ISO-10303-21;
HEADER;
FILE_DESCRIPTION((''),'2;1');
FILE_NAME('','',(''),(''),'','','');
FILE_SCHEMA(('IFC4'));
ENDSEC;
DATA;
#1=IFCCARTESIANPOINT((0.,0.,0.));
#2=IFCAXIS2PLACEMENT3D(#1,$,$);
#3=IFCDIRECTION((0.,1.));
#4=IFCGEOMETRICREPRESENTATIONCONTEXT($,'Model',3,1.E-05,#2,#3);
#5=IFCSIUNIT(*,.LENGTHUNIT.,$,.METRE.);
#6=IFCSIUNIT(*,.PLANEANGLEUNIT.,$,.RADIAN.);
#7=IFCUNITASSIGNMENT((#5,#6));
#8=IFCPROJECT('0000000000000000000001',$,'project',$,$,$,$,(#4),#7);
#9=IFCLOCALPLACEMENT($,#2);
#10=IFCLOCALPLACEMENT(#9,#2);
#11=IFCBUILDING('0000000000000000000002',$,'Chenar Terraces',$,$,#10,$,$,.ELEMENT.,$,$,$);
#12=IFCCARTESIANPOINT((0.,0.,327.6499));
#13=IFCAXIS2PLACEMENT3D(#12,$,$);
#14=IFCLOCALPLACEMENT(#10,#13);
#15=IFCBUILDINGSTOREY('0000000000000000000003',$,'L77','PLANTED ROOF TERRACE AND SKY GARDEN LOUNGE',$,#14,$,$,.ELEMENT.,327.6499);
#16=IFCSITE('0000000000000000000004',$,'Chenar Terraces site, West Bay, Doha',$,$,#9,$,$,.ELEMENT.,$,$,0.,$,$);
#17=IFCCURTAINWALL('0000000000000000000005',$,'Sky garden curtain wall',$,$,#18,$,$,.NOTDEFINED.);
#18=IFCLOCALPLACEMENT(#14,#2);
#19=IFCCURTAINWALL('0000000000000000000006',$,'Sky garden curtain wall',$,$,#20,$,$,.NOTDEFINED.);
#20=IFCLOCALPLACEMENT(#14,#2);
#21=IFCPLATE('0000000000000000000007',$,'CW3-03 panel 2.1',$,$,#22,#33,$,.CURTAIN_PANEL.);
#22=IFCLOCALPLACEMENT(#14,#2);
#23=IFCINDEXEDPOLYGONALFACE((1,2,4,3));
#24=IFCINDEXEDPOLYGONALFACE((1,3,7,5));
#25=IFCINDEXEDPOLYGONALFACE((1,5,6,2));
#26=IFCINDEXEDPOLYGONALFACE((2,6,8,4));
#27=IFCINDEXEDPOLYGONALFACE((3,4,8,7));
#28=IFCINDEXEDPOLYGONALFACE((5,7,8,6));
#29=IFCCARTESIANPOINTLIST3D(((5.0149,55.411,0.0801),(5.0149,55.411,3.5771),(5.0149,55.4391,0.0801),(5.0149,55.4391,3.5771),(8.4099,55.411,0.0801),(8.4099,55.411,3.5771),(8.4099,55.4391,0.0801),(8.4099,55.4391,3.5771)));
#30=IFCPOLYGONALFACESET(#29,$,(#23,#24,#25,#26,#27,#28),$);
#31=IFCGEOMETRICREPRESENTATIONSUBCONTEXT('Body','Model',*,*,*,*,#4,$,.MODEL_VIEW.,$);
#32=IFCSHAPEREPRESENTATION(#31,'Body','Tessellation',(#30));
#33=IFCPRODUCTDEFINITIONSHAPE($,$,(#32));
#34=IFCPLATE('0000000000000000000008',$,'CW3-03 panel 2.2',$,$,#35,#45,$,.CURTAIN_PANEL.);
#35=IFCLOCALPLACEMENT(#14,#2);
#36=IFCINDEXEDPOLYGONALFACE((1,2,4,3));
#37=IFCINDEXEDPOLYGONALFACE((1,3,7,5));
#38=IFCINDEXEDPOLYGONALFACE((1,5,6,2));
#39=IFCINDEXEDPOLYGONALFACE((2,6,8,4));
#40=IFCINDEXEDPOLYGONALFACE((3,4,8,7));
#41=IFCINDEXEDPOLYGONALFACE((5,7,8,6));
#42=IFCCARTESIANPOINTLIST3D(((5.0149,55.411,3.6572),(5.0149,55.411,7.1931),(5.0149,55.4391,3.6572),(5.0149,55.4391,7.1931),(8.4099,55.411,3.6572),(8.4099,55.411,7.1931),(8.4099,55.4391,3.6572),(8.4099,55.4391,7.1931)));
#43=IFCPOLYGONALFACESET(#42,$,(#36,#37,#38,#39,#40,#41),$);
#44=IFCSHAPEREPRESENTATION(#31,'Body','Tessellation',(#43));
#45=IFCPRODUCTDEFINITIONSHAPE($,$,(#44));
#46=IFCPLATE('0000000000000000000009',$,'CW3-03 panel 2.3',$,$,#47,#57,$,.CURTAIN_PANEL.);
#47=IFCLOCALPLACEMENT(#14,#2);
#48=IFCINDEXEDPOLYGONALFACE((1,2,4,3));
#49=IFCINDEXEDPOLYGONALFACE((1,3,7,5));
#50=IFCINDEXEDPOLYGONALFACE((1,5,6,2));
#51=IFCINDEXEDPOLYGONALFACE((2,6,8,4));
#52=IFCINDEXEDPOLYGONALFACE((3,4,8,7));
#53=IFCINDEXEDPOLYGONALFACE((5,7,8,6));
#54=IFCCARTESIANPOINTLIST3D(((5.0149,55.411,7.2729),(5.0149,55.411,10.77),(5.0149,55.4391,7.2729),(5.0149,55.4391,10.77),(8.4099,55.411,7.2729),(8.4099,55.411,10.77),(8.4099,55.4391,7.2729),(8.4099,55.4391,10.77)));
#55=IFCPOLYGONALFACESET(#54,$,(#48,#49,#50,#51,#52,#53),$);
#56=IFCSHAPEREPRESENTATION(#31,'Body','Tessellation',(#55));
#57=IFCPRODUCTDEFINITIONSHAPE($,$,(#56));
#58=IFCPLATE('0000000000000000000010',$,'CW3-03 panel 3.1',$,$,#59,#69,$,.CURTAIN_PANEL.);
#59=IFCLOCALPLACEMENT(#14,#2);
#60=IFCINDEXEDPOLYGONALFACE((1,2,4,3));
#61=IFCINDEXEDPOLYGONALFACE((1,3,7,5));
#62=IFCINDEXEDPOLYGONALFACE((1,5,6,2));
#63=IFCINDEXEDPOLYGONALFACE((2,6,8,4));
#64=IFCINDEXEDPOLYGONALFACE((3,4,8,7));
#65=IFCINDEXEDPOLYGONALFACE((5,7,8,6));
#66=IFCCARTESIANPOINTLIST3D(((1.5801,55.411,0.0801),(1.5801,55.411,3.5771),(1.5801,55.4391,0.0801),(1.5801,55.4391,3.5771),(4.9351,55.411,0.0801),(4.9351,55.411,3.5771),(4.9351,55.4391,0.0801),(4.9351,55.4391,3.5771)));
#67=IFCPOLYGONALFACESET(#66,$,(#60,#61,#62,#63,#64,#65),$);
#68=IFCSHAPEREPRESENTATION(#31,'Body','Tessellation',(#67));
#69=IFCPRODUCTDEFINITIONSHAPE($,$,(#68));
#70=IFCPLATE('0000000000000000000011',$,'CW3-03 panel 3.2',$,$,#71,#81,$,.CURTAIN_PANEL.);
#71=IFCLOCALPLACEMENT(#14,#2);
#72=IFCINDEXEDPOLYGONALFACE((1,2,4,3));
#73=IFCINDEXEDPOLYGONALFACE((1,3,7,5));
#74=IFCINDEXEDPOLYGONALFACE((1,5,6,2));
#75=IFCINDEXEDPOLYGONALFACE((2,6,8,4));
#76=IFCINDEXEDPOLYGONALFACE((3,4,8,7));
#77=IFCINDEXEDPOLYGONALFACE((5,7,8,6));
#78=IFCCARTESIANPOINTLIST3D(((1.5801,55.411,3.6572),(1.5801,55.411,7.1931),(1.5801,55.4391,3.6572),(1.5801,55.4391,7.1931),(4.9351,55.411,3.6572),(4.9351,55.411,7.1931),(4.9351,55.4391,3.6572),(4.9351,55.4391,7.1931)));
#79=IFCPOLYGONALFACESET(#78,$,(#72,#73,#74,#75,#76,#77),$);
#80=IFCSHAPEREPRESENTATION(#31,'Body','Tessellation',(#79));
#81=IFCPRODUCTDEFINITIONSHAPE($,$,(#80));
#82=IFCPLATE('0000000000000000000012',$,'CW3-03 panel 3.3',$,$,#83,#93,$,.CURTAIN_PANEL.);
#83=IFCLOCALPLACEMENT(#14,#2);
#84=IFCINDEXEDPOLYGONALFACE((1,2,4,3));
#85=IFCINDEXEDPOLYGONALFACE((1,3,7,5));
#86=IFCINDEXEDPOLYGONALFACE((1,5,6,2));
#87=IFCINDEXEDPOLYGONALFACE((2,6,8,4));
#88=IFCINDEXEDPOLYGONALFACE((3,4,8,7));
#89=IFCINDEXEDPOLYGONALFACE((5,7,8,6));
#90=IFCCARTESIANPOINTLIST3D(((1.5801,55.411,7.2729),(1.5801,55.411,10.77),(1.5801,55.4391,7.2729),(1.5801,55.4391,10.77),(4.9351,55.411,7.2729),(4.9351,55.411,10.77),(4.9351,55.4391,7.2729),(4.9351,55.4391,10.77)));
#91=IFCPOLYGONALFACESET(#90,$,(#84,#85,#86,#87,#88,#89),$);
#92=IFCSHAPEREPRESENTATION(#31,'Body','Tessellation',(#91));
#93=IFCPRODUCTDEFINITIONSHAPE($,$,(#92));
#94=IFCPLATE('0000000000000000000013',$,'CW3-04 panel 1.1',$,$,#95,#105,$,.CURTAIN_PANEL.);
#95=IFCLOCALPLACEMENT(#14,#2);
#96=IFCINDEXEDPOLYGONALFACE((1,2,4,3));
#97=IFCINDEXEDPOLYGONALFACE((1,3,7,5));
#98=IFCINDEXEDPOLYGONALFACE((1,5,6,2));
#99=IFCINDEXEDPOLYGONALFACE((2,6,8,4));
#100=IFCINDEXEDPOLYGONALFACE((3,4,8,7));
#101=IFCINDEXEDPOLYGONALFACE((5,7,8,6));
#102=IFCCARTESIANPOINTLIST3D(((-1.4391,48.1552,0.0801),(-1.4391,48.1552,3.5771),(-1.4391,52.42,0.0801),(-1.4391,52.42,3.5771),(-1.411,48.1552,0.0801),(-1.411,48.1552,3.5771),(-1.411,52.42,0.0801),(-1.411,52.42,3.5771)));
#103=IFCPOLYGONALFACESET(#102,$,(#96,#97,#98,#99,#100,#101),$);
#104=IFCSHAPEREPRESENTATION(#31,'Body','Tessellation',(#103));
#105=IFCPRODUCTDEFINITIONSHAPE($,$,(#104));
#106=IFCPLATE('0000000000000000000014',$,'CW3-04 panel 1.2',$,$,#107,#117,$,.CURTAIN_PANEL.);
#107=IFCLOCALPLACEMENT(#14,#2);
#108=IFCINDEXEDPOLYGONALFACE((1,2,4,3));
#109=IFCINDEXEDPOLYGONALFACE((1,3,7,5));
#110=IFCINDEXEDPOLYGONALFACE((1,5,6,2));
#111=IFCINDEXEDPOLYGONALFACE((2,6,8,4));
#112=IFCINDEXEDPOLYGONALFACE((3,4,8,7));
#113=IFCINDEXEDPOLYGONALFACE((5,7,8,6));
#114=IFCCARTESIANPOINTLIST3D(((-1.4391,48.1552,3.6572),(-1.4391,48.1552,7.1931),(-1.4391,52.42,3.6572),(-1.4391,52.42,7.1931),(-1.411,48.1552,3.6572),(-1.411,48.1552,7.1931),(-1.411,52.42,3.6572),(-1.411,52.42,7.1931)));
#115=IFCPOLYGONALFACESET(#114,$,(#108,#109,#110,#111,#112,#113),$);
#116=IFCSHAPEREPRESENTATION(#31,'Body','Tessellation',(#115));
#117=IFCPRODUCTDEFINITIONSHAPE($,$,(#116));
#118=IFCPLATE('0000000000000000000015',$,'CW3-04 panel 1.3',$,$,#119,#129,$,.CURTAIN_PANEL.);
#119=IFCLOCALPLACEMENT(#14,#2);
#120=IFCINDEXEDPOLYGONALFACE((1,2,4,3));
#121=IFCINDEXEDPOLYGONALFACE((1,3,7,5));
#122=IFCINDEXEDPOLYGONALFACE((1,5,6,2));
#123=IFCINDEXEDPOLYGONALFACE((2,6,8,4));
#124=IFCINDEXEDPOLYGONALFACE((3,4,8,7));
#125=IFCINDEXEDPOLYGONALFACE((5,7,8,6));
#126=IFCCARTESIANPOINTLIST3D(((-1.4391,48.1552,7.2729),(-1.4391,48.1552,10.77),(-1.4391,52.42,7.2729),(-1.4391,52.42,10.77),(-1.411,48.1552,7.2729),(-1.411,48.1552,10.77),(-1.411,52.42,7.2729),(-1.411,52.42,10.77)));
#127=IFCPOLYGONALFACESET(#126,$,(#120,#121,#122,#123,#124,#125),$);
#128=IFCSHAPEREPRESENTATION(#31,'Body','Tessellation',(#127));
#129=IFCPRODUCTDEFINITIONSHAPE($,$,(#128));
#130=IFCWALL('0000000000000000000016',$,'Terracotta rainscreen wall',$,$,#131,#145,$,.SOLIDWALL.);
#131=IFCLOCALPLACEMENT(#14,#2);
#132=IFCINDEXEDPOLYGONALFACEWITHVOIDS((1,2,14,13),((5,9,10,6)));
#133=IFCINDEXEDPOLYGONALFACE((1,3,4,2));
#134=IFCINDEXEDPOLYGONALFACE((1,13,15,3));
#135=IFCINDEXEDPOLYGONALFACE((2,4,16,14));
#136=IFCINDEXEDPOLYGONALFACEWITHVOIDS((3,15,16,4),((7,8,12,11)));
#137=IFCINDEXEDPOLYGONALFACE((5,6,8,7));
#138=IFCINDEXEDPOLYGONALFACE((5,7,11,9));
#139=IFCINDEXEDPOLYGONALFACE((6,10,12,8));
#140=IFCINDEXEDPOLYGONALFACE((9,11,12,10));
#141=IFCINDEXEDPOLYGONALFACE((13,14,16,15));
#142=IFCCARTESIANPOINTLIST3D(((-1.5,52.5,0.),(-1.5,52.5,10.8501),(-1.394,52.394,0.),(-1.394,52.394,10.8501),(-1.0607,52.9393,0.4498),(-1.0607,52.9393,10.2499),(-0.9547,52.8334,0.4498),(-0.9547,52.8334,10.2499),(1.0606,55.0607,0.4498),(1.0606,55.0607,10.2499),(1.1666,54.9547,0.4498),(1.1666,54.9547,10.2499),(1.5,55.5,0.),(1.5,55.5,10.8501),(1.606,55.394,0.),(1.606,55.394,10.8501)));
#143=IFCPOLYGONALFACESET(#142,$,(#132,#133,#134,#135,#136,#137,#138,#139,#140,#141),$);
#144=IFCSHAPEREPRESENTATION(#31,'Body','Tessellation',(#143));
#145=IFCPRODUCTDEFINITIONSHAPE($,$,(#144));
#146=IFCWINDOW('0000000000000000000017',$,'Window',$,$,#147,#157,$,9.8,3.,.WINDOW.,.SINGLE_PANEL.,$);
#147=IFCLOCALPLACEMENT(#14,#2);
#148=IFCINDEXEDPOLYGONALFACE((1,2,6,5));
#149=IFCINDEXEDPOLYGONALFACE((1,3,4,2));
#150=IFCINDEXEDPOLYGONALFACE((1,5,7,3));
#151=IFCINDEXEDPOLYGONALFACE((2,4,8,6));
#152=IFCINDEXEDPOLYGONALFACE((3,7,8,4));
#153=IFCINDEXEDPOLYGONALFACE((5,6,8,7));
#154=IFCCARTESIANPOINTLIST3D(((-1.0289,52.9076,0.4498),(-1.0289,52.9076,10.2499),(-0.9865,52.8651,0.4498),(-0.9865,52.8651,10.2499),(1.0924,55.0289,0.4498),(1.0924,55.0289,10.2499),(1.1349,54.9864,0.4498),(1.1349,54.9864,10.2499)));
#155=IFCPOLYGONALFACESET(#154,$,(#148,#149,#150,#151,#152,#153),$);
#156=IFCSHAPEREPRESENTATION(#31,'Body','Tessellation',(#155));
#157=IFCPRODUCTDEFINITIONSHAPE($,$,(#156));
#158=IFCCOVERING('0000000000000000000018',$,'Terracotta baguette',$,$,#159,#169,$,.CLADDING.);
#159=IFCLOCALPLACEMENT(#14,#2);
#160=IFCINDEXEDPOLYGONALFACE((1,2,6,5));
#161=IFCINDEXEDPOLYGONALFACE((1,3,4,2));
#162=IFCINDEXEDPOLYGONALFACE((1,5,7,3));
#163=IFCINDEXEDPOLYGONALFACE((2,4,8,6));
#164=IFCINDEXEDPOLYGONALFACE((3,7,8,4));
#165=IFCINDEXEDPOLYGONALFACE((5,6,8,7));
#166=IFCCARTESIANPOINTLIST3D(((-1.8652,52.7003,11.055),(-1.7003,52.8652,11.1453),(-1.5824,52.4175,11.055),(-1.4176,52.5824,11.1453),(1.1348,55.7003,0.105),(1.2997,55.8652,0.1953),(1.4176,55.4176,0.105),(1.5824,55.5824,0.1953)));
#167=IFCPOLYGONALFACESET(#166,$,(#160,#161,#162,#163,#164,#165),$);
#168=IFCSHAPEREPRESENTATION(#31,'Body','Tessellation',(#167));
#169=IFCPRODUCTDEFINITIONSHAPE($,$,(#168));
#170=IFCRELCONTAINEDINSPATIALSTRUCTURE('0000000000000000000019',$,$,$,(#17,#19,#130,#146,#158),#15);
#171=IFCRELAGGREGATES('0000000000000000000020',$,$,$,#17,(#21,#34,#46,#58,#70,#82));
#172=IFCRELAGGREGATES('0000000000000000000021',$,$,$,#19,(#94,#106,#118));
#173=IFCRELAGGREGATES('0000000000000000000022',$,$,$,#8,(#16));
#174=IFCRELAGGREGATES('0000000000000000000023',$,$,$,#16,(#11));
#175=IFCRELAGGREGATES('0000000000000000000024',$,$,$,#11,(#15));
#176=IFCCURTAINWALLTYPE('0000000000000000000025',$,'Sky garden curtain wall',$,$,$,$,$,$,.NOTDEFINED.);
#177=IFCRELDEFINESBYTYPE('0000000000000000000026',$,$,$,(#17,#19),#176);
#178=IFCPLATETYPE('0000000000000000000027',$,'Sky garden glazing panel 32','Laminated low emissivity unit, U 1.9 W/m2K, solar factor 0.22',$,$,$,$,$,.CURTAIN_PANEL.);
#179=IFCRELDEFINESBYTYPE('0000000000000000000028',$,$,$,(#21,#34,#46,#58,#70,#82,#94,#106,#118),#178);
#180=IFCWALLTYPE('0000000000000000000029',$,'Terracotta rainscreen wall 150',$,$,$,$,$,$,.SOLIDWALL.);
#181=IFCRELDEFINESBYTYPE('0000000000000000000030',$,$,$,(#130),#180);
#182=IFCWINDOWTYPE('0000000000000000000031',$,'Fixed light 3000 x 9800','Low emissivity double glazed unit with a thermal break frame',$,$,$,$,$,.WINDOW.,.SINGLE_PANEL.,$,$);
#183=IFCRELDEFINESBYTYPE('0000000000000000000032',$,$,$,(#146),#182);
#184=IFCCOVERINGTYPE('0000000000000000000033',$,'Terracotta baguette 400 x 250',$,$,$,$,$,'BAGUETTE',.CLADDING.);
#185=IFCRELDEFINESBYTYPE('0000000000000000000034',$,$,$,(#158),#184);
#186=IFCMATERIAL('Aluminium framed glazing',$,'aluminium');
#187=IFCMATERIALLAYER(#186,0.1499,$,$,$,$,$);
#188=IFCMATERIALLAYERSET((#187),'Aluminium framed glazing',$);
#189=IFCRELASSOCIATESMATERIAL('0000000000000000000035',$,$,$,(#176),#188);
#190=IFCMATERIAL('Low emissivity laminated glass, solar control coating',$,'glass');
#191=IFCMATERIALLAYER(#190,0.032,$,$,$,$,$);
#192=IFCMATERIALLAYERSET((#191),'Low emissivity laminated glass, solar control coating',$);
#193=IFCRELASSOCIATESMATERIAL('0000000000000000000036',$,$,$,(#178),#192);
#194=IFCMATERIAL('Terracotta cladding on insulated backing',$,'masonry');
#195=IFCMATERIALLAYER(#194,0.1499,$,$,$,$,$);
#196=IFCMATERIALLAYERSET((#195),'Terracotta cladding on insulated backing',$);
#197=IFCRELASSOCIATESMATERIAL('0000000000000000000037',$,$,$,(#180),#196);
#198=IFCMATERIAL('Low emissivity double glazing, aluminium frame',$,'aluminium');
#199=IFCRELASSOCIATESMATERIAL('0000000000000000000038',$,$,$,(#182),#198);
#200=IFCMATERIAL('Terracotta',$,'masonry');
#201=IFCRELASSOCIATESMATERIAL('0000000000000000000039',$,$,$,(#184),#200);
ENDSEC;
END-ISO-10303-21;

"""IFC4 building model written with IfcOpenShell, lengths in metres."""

from ifc_helpers import new_model, si_unit, direction, frame, frame_2d, origin, origin_2d, place, context, subcontext, project, spatial, rectangle, extrude, material, layer, layer_set, material_profile, profile_set, type_object, element, fill, aggregate, save


model = new_model("IFC4")

# Units and contexts
model_context = context("Model", 3, precision=1e-05, world=origin(), true_north=direction((0.0, 1.0)))
body_context = subcontext(model_context, "Body", "Model", "MODEL_VIEW")
ifc_project = project(units=[si_unit("LENGTHUNIT", "METRE"), si_unit("PLANEANGLEUNIT", "RADIAN")], contexts=[model_context])

# Site, building, storey
site_placement = place(None, origin())
site = spatial("IfcSite", under=ifc_project, at=site_placement, Name="Chenar Terraces site, West Bay, Doha", CompositionType="ELEMENT", RefElevation=0.0)
building_placement = place(site_placement, origin())
building = spatial("IfcBuilding", under=site, at=building_placement, Name="Chenar Terraces", CompositionType="ELEMENT")
storey_placement = place(building_placement, frame((0.0, 0.0, 327.6499)))
storey = spatial("IfcBuildingStorey", under=building, at=storey_placement, Name="L77", Description="PLANTED ROOF TERRACE AND SKY GARDEN LOUNGE", CompositionType="ELEMENT", Elevation=327.6499)

# Curtain wall
ifc_material_1 = material(Name="Aluminium framed glazing", Category="aluminium")
ifc_layer_1 = layer(ifc_material_1, 0.1499)
ifc_layer_set_1 = layer_set([ifc_layer_1], Name="Aluminium framed glazing")
curtain_wall_type = type_object("IfcCurtainWallType", Name="Sky garden curtain wall", PredefinedType="NOTDEFINED", material=ifc_layer_set_1)
placement = place(storey_placement, origin())
curtain_wall_1 = element("IfcCurtainWall", 1, at=placement, inside=storey, type_object=curtain_wall_type, Name="Sky garden curtain wall", PredefinedType="NOTDEFINED")

# Curtain wall
curtain_wall_2 = element("IfcCurtainWall", 2, at=placement, inside=storey, type_object=curtain_wall_type, Name="Sky garden curtain wall", PredefinedType="NOTDEFINED")

# Plates
ifc_material_2 = material(Name="Low emissivity laminated glass, solar control coating", Category="glass")
ifc_layer_2 = layer(ifc_material_2, 0.032)
ifc_layer_set_2 = layer_set([ifc_layer_2], Name="Low emissivity laminated glass, solar control coating")
plate_type = type_object("IfcPlateType", Name="Sky garden glazing panel 32", Description="Laminated low emissivity unit, U 1.9 W/m2K, solar factor 0.22", PredefinedType="CURTAIN_PANEL", material=ifc_layer_set_2)
plate_1_placement = place(storey_placement, frame((6.7124, 55.425, 0.0801), z_axis=(0.0, 0.0, 1.0), x_axis=(-1.0, 0.0, 0.0)))
plate_1 = element("IfcPlate", 3, at=plate_1_placement, type_object=plate_type, Name="CW3-03 panel 2.1", PredefinedType="CURTAIN_PANEL", context=body_context, shape_type="SweptSolid", body=[
    extrude(rectangle(XDim=3.395, YDim=0.0281, at=origin_2d()), origin(), (0.0, 0.0, 1.0), 3.4971),
])
plate_2_placement = place(storey_placement, frame((6.7124, 55.425, 3.6572), z_axis=(0.0, 0.0, 1.0), x_axis=(-1.0, 0.0, 0.0)))
plate_2 = element("IfcPlate", 4, at=plate_2_placement, type_object=plate_type, Name="CW3-03 panel 2.2", PredefinedType="CURTAIN_PANEL", context=body_context, shape_type="SweptSolid", body=[
    extrude(rectangle(XDim=3.395, YDim=0.0281, at=origin_2d()), origin(), (0.0, 0.0, 1.0), 3.5359),
])
plate_3_placement = place(storey_placement, frame((6.7124, 55.425, 7.2729), z_axis=(0.0, 0.0, 1.0), x_axis=(-1.0, 0.0, 0.0)))
plate_3 = element("IfcPlate", 5, at=plate_3_placement, type_object=plate_type, Name="CW3-03 panel 2.3", PredefinedType="CURTAIN_PANEL", context=body_context, shape_type="SweptSolid", body=[
    extrude(rectangle(XDim=3.395, YDim=0.0281, at=origin_2d()), origin(), (0.0, 0.0, 1.0), 3.4971),
])
plate_4_placement = place(storey_placement, frame((3.2576, 55.425, 0.0801), z_axis=(0.0, 0.0, 1.0), x_axis=(-1.0, 0.0, 0.0)))
plate_4 = element("IfcPlate", 6, at=plate_4_placement, type_object=plate_type, Name="CW3-03 panel 3.1", PredefinedType="CURTAIN_PANEL", context=body_context, shape_type="SweptSolid", body=[
    extrude(rectangle(XDim=3.355, YDim=0.0281, at=origin_2d()), origin(), (0.0, 0.0, 1.0), 3.4971),
])
plate_5_placement = place(storey_placement, frame((3.2576, 55.425, 3.6572), z_axis=(0.0, 0.0, 1.0), x_axis=(-1.0, 0.0, 0.0)))
plate_5 = element("IfcPlate", 7, at=plate_5_placement, type_object=plate_type, Name="CW3-03 panel 3.2", PredefinedType="CURTAIN_PANEL", context=body_context, shape_type="SweptSolid", body=[
    extrude(rectangle(XDim=3.355, YDim=0.0281, at=origin_2d()), origin(), (0.0, 0.0, 1.0), 3.5359),
])
plate_6_placement = place(storey_placement, frame((3.2576, 55.425, 7.2729), z_axis=(0.0, 0.0, 1.0), x_axis=(-1.0, 0.0, 0.0)))
plate_6 = element("IfcPlate", 8, at=plate_6_placement, type_object=plate_type, Name="CW3-03 panel 3.3", PredefinedType="CURTAIN_PANEL", context=body_context, shape_type="SweptSolid", body=[
    extrude(rectangle(XDim=3.355, YDim=0.0281, at=origin_2d()), origin(), (0.0, 0.0, 1.0), 3.4971),
])
aggregate(curtain_wall_1, [plate_1, plate_2, plate_3, plate_4, plate_5, plate_6])
plate_7_placement = place(storey_placement, frame((-1.425, 50.2876, 0.0801), z_axis=(0.0, 0.0, 1.0), x_axis=(0.0, -1.0, 0.0)))
plate_7 = element("IfcPlate", 9, at=plate_7_placement, type_object=plate_type, Name="CW3-04 panel 1.1", PredefinedType="CURTAIN_PANEL", context=body_context, shape_type="SweptSolid", body=[
    extrude(rectangle(XDim=4.2649, YDim=0.0281, at=origin_2d()), origin(), (0.0, 0.0, 1.0), 3.4971),
])
plate_8_placement = place(storey_placement, frame((-1.425, 50.2876, 3.6572), z_axis=(0.0, 0.0, 1.0), x_axis=(0.0, -1.0, 0.0)))
plate_8 = element("IfcPlate", 10, at=plate_8_placement, type_object=plate_type, Name="CW3-04 panel 1.2", PredefinedType="CURTAIN_PANEL", context=body_context, shape_type="SweptSolid", body=[
    extrude(rectangle(XDim=4.2649, YDim=0.0281, at=origin_2d()), origin(), (0.0, 0.0, 1.0), 3.5359),
])
plate_9_placement = place(storey_placement, frame((-1.425, 50.2876, 7.2729), z_axis=(0.0, 0.0, 1.0), x_axis=(0.0, -1.0, 0.0)))
plate_9 = element("IfcPlate", 11, at=plate_9_placement, type_object=plate_type, Name="CW3-04 panel 1.3", PredefinedType="CURTAIN_PANEL", context=body_context, shape_type="SweptSolid", body=[
    extrude(rectangle(XDim=4.2649, YDim=0.0281, at=origin_2d()), origin(), (0.0, 0.0, 1.0), 3.4971),
])
aggregate(curtain_wall_2, [plate_7, plate_8, plate_9])

# Wall, opening, window
ifc_material_3 = material(Name="Terracotta cladding on insulated backing", Category="masonry")
ifc_layer_3 = layer(ifc_material_3, 0.1499)
ifc_layer_set_3 = layer_set([ifc_layer_3], Name="Terracotta cladding on insulated backing")
wall_type = type_object("IfcWallType", Name="Terracotta rainscreen wall 150", PredefinedType="SOLIDWALL", material=ifc_layer_set_3)
wall_placement = place(storey_placement, frame((1.553, 55.447, 0.0), z_axis=(0.0, 0.0, 1.0), x_axis=(-0.707107, -0.707107, 0.0)))
wall = element("IfcWall", 12, at=wall_placement, inside=storey, type_object=wall_type, Name="Terracotta rainscreen wall", PredefinedType="SOLIDWALL", context=body_context, shape_type="SweptSolid", body=[
    extrude(rectangle(XDim=4.2427, YDim=0.1499, at=frame_2d((2.1213, 0.0))), origin(), (0.0, 0.0, 1.0), 10.8501),
])
opening_placement = place(wall_placement, frame((0.6213, 0.0, 0.45)))
opening = element("IfcOpeningElement", 13, at=opening_placement, cuts=wall, PredefinedType="OPENING", context=body_context, shape_type="SweptSolid", body=[
    extrude(rectangle(XDim=3.0, YDim=9.8, at=frame_2d((1.5, 4.8999))), frame((0.0, 0.085, 0.0), z_axis=(0.0, -1.0, 0.0), x_axis=(1.0, 0.0, 0.0)), (0.0, 0.0, 1.0), 0.1699),
])
ifc_material_4 = material(Name="Low emissivity double glazing, aluminium frame", Category="aluminium")
window_type = type_object("IfcWindowType", Name="Fixed light 3000 x 9800", Description="Low emissivity double glazed unit with a thermal break frame", PartitioningType="SINGLE_PANEL", PredefinedType="WINDOW", material=ifc_material_4)
window_placement = place(opening_placement, origin())
window = element("IfcWindow", 14, at=window_placement, inside=storey, type_object=window_type, Name="Window", OverallHeight=9.8, OverallWidth=3.0, PartitioningType="SINGLE_PANEL", PredefinedType="WINDOW", context=body_context, shape_type="SweptSolid", body=[
    extrude(rectangle(XDim=3.0, YDim=9.8, at=frame_2d((1.5, 4.8999))), frame((0.0, 0.03, 0.0), z_axis=(0.0, -1.0, 0.0), x_axis=(1.0, 0.0, 0.0)), (0.0, 0.0, 1.0), 0.0601),
])
fill(opening, window)

# Covering
ifc_material_5 = material(Name="Terracotta", Category="masonry")
ifc_material_profile_1 = material_profile(ifc_material_5, rectangle(XDim=0.3999, YDim=0.25, at=origin_2d()), Name="Terracotta baguette 400 x 250")
ifc_profile_set_1 = profile_set([ifc_material_profile_1], Name="Terracotta")
covering_type = type_object("IfcCoveringType", Name="Terracotta baguette 400 x 250", ElementType="BAGUETTE", PredefinedType="CLADDING", material=ifc_profile_set_1)
covering_placement = place(storey_placement, frame((1.3586, 55.6414, 0.1501), z_axis=(-0.255468, -0.255468, 0.932455), x_axis=(0.707107, -0.707107, 0.0)))
element("IfcCovering", 15, at=covering_placement, inside=storey, type_object=covering_type, Name="Terracotta baguette", PredefinedType="CLADDING", context=body_context, shape_type="SweptSolid", body=[
    extrude(rectangle(XDim=0.3999, YDim=0.25, at=origin_2d()), origin(), (0.0, 0.0, 1.0), 11.7432),
])

save(model, "model.ifc")
